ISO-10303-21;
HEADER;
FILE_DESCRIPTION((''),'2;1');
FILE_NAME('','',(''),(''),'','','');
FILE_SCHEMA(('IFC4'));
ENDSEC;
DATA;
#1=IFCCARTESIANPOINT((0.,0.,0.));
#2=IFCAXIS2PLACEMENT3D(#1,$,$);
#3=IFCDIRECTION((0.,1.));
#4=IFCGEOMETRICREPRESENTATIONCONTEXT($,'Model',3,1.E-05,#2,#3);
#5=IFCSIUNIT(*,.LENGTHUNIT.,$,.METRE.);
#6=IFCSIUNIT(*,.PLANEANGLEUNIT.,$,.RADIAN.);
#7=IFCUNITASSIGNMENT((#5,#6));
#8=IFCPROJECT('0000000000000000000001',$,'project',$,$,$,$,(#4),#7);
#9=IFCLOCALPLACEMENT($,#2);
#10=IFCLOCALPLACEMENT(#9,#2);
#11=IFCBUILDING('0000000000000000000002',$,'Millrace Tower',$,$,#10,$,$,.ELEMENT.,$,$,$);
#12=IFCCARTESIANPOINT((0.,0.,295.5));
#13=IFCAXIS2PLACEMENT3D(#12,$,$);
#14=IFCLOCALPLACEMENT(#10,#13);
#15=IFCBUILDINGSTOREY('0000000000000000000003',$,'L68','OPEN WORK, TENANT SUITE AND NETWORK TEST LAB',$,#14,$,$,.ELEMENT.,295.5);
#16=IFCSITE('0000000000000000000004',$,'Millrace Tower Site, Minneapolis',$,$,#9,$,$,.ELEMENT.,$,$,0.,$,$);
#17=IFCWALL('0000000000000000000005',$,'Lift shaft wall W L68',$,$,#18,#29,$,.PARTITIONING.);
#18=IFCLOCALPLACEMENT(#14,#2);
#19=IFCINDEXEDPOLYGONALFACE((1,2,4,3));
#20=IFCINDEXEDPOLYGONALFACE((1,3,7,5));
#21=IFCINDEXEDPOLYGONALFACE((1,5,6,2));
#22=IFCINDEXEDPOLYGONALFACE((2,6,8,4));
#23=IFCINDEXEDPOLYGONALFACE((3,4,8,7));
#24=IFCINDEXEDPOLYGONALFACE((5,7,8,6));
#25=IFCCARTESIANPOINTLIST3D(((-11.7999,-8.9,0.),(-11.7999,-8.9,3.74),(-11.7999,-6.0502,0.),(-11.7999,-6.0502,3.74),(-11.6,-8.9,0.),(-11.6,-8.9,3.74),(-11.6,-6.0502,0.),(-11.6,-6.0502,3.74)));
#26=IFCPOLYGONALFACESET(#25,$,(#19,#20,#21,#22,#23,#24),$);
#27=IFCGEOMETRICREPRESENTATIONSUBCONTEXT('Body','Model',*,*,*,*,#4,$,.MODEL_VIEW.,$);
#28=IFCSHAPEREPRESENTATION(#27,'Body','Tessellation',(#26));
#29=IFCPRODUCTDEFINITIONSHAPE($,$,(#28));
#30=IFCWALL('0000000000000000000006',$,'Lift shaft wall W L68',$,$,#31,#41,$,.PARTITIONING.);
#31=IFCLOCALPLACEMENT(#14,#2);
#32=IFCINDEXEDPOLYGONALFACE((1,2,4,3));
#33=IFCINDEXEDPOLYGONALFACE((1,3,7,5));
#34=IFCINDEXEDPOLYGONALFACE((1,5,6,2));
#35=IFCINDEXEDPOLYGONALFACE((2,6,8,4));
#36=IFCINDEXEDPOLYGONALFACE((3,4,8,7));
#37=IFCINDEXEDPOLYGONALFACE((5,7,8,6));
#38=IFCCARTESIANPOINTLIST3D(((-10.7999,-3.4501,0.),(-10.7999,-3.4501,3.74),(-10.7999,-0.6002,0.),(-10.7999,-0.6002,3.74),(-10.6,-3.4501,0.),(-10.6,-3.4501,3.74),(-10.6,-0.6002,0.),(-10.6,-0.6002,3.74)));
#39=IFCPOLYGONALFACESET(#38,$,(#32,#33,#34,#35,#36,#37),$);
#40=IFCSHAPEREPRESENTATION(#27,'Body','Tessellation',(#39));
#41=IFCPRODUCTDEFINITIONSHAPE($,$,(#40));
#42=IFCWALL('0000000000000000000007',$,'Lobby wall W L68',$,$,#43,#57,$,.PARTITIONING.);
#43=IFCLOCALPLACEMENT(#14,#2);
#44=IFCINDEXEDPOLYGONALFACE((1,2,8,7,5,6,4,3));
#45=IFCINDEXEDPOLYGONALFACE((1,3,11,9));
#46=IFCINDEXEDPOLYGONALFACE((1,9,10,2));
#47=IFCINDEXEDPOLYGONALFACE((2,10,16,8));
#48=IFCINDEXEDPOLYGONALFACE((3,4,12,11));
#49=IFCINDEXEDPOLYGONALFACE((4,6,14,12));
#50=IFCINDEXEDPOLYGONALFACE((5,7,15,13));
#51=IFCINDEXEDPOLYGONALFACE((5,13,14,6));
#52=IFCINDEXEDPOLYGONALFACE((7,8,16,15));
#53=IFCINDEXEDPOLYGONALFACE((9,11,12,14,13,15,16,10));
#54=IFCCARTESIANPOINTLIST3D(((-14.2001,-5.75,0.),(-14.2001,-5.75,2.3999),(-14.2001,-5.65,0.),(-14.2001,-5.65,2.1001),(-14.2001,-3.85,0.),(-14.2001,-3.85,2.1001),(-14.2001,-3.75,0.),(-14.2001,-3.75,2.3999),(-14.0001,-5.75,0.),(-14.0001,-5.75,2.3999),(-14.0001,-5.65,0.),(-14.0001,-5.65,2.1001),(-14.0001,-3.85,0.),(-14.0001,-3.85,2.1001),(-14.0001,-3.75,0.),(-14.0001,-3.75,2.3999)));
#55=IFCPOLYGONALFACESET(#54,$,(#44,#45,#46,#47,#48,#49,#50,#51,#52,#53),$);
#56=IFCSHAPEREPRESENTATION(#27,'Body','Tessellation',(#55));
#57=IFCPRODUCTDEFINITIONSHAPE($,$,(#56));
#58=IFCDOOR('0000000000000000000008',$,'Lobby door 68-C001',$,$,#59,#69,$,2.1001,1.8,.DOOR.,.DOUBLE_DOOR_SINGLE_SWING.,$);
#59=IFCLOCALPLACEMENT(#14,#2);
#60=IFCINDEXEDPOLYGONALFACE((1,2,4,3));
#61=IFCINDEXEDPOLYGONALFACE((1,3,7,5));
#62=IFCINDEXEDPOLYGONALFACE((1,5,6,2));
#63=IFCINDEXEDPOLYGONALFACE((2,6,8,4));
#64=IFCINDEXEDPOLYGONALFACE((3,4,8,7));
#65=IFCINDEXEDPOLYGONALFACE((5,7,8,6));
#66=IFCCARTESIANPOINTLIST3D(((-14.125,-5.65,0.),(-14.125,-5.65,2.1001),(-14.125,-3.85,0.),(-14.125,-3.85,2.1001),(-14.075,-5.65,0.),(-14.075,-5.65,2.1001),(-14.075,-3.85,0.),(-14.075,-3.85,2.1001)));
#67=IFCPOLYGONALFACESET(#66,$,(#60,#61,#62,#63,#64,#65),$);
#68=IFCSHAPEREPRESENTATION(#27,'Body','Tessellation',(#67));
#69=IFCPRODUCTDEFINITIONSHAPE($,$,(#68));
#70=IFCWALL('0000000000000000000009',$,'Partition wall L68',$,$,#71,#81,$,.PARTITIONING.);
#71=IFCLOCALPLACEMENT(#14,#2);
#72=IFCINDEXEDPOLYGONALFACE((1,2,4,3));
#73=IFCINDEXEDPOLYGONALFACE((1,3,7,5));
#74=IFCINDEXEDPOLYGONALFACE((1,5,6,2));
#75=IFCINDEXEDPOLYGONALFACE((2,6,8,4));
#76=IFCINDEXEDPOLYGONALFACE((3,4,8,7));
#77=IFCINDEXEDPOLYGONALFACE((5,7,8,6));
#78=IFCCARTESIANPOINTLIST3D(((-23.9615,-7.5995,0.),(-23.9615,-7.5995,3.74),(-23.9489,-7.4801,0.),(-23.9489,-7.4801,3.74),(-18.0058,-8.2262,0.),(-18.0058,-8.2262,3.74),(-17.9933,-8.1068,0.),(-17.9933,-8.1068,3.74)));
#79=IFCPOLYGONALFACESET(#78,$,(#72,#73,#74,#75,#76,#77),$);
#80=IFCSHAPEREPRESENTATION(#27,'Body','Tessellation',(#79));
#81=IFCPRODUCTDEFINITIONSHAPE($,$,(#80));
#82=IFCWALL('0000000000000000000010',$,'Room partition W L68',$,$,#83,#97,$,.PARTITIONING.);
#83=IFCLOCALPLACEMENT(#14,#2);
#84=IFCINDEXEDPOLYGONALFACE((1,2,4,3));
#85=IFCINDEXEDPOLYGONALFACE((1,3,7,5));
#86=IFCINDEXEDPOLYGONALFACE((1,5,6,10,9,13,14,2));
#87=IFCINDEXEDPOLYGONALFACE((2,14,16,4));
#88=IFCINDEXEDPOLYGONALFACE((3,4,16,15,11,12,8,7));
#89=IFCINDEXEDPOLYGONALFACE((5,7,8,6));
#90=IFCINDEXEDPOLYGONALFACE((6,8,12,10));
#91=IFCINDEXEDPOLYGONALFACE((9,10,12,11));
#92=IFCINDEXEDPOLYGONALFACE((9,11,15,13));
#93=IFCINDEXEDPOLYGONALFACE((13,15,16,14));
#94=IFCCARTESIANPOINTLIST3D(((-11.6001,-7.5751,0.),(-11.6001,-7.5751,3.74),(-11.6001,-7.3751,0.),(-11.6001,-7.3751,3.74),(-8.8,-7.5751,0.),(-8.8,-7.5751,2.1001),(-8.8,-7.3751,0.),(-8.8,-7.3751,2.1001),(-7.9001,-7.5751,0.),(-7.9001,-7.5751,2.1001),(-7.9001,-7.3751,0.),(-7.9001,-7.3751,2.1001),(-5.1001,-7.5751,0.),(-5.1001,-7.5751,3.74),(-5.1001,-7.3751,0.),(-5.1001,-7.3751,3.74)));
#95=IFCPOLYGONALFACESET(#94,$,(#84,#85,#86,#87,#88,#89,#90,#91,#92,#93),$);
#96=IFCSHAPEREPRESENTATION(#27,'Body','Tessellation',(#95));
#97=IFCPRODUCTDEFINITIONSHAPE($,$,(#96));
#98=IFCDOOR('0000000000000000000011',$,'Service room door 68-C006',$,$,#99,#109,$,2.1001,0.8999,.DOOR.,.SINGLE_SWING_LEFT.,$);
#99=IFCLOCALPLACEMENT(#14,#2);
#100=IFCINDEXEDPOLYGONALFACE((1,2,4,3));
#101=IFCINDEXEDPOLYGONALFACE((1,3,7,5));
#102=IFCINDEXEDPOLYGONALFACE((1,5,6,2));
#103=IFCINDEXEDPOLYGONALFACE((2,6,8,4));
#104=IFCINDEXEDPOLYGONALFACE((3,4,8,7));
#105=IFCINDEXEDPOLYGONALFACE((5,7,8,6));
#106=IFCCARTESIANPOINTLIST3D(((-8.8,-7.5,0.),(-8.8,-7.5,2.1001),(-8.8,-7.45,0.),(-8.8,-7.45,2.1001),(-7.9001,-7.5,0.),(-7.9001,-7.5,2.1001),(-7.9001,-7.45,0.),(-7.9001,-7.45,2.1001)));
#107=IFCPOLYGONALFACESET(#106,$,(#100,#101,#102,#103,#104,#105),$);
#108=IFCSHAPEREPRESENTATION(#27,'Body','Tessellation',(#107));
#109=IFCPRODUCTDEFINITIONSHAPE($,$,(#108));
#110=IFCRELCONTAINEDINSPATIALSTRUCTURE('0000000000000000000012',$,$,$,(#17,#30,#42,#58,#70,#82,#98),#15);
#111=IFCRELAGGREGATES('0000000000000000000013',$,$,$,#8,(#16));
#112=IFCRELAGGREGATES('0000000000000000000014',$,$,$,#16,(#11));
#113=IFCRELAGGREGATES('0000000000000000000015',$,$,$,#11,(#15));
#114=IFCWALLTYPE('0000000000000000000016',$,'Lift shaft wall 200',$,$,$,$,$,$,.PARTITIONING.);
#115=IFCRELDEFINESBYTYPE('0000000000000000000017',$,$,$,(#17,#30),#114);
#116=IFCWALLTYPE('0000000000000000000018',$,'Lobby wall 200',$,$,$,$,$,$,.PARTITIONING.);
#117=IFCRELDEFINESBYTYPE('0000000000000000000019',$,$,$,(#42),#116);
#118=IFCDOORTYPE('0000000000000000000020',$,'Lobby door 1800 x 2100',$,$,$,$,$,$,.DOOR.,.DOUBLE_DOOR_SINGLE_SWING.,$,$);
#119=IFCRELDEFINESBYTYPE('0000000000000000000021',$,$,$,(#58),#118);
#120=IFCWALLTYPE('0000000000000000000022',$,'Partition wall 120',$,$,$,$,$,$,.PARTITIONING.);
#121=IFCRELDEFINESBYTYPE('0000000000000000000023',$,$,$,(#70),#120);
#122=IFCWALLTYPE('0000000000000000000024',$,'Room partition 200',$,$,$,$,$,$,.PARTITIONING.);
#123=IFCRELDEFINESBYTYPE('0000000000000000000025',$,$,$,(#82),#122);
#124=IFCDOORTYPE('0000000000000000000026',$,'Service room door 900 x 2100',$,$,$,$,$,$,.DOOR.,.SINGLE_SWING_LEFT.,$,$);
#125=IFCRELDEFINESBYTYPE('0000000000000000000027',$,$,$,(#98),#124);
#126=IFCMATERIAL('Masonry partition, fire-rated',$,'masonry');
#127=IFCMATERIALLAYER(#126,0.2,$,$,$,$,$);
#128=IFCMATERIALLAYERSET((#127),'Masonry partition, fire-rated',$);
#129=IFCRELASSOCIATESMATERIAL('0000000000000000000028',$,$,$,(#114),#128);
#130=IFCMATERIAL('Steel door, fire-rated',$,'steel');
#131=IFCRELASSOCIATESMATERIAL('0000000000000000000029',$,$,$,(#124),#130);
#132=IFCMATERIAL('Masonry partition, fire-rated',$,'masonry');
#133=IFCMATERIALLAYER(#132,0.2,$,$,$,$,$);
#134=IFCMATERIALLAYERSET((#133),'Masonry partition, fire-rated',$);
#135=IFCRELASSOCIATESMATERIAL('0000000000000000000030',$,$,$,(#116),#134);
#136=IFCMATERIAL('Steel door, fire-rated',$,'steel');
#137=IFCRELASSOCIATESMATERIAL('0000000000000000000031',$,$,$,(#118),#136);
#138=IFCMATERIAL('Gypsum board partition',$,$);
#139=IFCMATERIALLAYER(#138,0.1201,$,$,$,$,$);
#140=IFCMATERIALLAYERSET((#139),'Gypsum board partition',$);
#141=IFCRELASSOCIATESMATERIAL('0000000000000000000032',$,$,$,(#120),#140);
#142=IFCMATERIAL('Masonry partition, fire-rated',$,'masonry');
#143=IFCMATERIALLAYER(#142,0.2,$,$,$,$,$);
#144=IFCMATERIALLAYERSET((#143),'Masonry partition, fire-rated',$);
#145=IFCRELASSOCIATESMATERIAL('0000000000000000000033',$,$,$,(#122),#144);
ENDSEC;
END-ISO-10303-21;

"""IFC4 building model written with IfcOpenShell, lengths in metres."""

from ifc_helpers import new_model, si_unit, direction, frame, frame_2d, origin, place, context, subcontext, project, spatial, rectangle, extrude, material, layer, layer_set, type_object, element, fill, save


model = new_model("IFC4")

# Units and contexts
model_context = context("Model", 3, precision=1e-05, world=origin(), true_north=direction((0.0, 1.0)))
body_context = subcontext(model_context, "Body", "Model", "MODEL_VIEW")
ifc_project = project(units=[si_unit("LENGTHUNIT", "METRE"), si_unit("PLANEANGLEUNIT", "RADIAN")], contexts=[model_context])

# Site, building, storey
site_placement = place(None, origin())
site = spatial("IfcSite", under=ifc_project, at=site_placement, Name="Millrace Tower Site, Minneapolis", CompositionType="ELEMENT", RefElevation=0.0)
building_placement = place(site_placement, origin())
building = spatial("IfcBuilding", under=site, at=building_placement, Name="Millrace Tower", CompositionType="ELEMENT")
storey_placement = place(building_placement, frame((0.0, 0.0, 295.5)))
storey = spatial("IfcBuildingStorey", under=building, at=storey_placement, Name="L68", Description="OPEN WORK, TENANT SUITE AND NETWORK TEST LAB", CompositionType="ELEMENT", Elevation=295.5)

# Shared definitions
ifc_material_1 = material(Name="Masonry partition, fire-rated", Category="masonry")
ifc_layer_1 = layer(ifc_material_1, 0.2)
ifc_layer_set_1 = layer_set([ifc_layer_1], Name="Masonry partition, fire-rated")
wall_type_1 = type_object("IfcWallType", Name="Lift shaft wall 200", PredefinedType="PARTITIONING", material=ifc_layer_set_1)
ifc_material_2 = material(Name="Steel door, fire-rated", Category="steel")
door_type_1 = type_object("IfcDoorType", Name="Service room door 900 x 2100", OperationType="SINGLE_SWING_LEFT", PredefinedType="DOOR", material=ifc_material_2)

# Walls
for number, where, z_axis, x_axis, name in (
    (1, (-11.7, -8.8999, 0.0), (0.0, 0.0, 1.0), (0.0, 1.0, 0.0), "Lift shaft wall W L68"),
    (2, (-10.7, -3.45, 0.0), (0.0, 0.0, 1.0), (0.0, 1.0, 0.0), "Lift shaft wall W L68"),
):
    element("IfcWall", number, at=place(storey_placement, frame(where, z_axis=z_axis, x_axis=x_axis)), inside=storey, type_object=wall_type_1, Name=name, PredefinedType="PARTITIONING", context=body_context, shape_type="SweptSolid", body=[
        extrude(rectangle(XDim=2.8499, YDim=0.2, at=frame_2d((1.4248, 0.0))), origin(), (0.0, 0.0, 1.0), 3.74),
    ])

# Wall, opening, door
ifc_material_3 = material(Name="Masonry partition, fire-rated", Category="masonry")
ifc_layer_2 = layer(ifc_material_3, 0.2)
ifc_layer_set_2 = layer_set([ifc_layer_2], Name="Masonry partition, fire-rated")
wall_type_2 = type_object("IfcWallType", Name="Lobby wall 200", PredefinedType="PARTITIONING", material=ifc_layer_set_2)
wall_1_placement = place(storey_placement, frame((-14.1001, -5.75, 0.0), z_axis=(0.0, 0.0, 1.0), x_axis=(0.0, 1.0, 0.0)))
wall_1 = element("IfcWall", 3, at=wall_1_placement, inside=storey, type_object=wall_type_2, Name="Lobby wall W L68", PredefinedType="PARTITIONING", context=body_context, shape_type="SweptSolid", body=[
    extrude(rectangle(XDim=2.0, YDim=0.2, at=frame_2d((1.0, 0.0))), origin(), (0.0, 0.0, 1.0), 2.3999),
])
opening_1_placement = place(wall_1_placement, frame((0.1001, 0.0, 0.0)))
opening_1 = element("IfcOpeningElement", 4, at=opening_1_placement, cuts=wall_1, PredefinedType="OPENING", context=body_context, shape_type="SweptSolid", body=[
    extrude(rectangle(XDim=1.8, YDim=2.1001, at=frame_2d((0.8999, 1.05))), frame((0.0, 0.1099, 0.0), z_axis=(0.0, -1.0, 0.0), x_axis=(1.0, 0.0, 0.0)), (0.0, 0.0, 1.0), 0.22),
])
ifc_material_4 = material(Name="Steel door, fire-rated", Category="steel")
door_type_2 = type_object("IfcDoorType", Name="Lobby door 1800 x 2100", OperationType="DOUBLE_DOOR_SINGLE_SWING", PredefinedType="DOOR", material=ifc_material_4)
door_1_placement = place(opening_1_placement, origin())
door_1 = element("IfcDoor", 5, at=door_1_placement, inside=storey, type_object=door_type_2, Name="Lobby door 68-C001", OperationType="DOUBLE_DOOR_SINGLE_SWING", OverallHeight=2.1001, OverallWidth=1.8, PredefinedType="DOOR", context=body_context, shape_type="SweptSolid", body=[
    extrude(rectangle(XDim=1.8, YDim=2.1001, at=frame_2d((0.8999, 1.05))), frame((0.0, 0.0249, 0.0), z_axis=(0.0, -1.0, 0.0), x_axis=(1.0, 0.0, 0.0)), (0.0, 0.0, 1.0), 0.05),
])
fill(opening_1, door_1)

# Wall
ifc_material_5 = material(Name="Gypsum board partition")
ifc_layer_3 = layer(ifc_material_5, 0.1201)
ifc_layer_set_3 = layer_set([ifc_layer_3], Name="Gypsum board partition")
wall_type_3 = type_object("IfcWallType", Name="Partition wall 120", PredefinedType="PARTITIONING", material=ifc_layer_set_3)
wall_2_placement = place(storey_placement, frame((-23.9551, -7.5398, 0.0), z_axis=(0.0, 0.0, 1.0), x_axis=(0.994509, -0.104653, 0.0)))
element("IfcWall", 6, at=wall_2_placement, inside=storey, type_object=wall_type_3, Name="Partition wall L68", PredefinedType="PARTITIONING", context=body_context, shape_type="SweptSolid", body=[
    extrude(rectangle(XDim=5.9885, YDim=0.1201, at=frame_2d((2.9941, 0.0))), origin(), (0.0, 0.0, 1.0), 3.74),
])

# Wall, opening, door
ifc_material_6 = material(Name="Masonry partition, fire-rated", Category="masonry")
ifc_layer_4 = layer(ifc_material_6, 0.2)
ifc_layer_set_4 = layer_set([ifc_layer_4], Name="Masonry partition, fire-rated")
wall_type_4 = type_object("IfcWallType", Name="Room partition 200", PredefinedType="PARTITIONING", material=ifc_layer_set_4)
wall_3_placement = place(storey_placement, frame((-11.6001, -7.4751, 0.0), z_axis=(0.0, 0.0, 1.0), x_axis=(1.0, 0.0, 0.0)))
wall_3 = element("IfcWall", 7, at=wall_3_placement, inside=storey, type_object=wall_type_4, Name="Room partition W L68", PredefinedType="PARTITIONING", context=body_context, shape_type="SweptSolid", body=[
    extrude(rectangle(XDim=6.5, YDim=0.2, at=frame_2d((3.25, 0.0))), origin(), (0.0, 0.0, 1.0), 3.74),
])
opening_2_placement = place(wall_3_placement, frame((2.8, 0.0, 0.0)))
opening_2 = element("IfcOpeningElement", 8, at=opening_2_placement, cuts=wall_3, PredefinedType="OPENING", context=body_context, shape_type="SweptSolid", body=[
    extrude(rectangle(XDim=0.8999, YDim=2.1001, at=frame_2d((0.45, 1.05))), frame((0.0, 0.1099, 0.0), z_axis=(0.0, -1.0, 0.0), x_axis=(1.0, 0.0, 0.0)), (0.0, 0.0, 1.0), 0.22),
])
door_2_placement = place(opening_2_placement, frame((0.8999, 0.0, 0.0), z_axis=(0.0, 0.0, 1.0), x_axis=(-1.0, 0.0, 0.0)))
door_2 = element("IfcDoor", 9, at=door_2_placement, inside=storey, type_object=door_type_1, Name="Service room door 68-C006", OperationType="SINGLE_SWING_LEFT", OverallHeight=2.1001, OverallWidth=0.8999, PredefinedType="DOOR", context=body_context, shape_type="SweptSolid", body=[
    extrude(rectangle(XDim=0.8999, YDim=2.1001, at=frame_2d((0.45, 1.05))), frame((0.0, 0.0249, 0.0), z_axis=(0.0, -1.0, 0.0), x_axis=(1.0, 0.0, 0.0)), (0.0, 0.0, 1.0), 0.05),
])
fill(opening_2, door_2)

save(model, "model.ifc")
